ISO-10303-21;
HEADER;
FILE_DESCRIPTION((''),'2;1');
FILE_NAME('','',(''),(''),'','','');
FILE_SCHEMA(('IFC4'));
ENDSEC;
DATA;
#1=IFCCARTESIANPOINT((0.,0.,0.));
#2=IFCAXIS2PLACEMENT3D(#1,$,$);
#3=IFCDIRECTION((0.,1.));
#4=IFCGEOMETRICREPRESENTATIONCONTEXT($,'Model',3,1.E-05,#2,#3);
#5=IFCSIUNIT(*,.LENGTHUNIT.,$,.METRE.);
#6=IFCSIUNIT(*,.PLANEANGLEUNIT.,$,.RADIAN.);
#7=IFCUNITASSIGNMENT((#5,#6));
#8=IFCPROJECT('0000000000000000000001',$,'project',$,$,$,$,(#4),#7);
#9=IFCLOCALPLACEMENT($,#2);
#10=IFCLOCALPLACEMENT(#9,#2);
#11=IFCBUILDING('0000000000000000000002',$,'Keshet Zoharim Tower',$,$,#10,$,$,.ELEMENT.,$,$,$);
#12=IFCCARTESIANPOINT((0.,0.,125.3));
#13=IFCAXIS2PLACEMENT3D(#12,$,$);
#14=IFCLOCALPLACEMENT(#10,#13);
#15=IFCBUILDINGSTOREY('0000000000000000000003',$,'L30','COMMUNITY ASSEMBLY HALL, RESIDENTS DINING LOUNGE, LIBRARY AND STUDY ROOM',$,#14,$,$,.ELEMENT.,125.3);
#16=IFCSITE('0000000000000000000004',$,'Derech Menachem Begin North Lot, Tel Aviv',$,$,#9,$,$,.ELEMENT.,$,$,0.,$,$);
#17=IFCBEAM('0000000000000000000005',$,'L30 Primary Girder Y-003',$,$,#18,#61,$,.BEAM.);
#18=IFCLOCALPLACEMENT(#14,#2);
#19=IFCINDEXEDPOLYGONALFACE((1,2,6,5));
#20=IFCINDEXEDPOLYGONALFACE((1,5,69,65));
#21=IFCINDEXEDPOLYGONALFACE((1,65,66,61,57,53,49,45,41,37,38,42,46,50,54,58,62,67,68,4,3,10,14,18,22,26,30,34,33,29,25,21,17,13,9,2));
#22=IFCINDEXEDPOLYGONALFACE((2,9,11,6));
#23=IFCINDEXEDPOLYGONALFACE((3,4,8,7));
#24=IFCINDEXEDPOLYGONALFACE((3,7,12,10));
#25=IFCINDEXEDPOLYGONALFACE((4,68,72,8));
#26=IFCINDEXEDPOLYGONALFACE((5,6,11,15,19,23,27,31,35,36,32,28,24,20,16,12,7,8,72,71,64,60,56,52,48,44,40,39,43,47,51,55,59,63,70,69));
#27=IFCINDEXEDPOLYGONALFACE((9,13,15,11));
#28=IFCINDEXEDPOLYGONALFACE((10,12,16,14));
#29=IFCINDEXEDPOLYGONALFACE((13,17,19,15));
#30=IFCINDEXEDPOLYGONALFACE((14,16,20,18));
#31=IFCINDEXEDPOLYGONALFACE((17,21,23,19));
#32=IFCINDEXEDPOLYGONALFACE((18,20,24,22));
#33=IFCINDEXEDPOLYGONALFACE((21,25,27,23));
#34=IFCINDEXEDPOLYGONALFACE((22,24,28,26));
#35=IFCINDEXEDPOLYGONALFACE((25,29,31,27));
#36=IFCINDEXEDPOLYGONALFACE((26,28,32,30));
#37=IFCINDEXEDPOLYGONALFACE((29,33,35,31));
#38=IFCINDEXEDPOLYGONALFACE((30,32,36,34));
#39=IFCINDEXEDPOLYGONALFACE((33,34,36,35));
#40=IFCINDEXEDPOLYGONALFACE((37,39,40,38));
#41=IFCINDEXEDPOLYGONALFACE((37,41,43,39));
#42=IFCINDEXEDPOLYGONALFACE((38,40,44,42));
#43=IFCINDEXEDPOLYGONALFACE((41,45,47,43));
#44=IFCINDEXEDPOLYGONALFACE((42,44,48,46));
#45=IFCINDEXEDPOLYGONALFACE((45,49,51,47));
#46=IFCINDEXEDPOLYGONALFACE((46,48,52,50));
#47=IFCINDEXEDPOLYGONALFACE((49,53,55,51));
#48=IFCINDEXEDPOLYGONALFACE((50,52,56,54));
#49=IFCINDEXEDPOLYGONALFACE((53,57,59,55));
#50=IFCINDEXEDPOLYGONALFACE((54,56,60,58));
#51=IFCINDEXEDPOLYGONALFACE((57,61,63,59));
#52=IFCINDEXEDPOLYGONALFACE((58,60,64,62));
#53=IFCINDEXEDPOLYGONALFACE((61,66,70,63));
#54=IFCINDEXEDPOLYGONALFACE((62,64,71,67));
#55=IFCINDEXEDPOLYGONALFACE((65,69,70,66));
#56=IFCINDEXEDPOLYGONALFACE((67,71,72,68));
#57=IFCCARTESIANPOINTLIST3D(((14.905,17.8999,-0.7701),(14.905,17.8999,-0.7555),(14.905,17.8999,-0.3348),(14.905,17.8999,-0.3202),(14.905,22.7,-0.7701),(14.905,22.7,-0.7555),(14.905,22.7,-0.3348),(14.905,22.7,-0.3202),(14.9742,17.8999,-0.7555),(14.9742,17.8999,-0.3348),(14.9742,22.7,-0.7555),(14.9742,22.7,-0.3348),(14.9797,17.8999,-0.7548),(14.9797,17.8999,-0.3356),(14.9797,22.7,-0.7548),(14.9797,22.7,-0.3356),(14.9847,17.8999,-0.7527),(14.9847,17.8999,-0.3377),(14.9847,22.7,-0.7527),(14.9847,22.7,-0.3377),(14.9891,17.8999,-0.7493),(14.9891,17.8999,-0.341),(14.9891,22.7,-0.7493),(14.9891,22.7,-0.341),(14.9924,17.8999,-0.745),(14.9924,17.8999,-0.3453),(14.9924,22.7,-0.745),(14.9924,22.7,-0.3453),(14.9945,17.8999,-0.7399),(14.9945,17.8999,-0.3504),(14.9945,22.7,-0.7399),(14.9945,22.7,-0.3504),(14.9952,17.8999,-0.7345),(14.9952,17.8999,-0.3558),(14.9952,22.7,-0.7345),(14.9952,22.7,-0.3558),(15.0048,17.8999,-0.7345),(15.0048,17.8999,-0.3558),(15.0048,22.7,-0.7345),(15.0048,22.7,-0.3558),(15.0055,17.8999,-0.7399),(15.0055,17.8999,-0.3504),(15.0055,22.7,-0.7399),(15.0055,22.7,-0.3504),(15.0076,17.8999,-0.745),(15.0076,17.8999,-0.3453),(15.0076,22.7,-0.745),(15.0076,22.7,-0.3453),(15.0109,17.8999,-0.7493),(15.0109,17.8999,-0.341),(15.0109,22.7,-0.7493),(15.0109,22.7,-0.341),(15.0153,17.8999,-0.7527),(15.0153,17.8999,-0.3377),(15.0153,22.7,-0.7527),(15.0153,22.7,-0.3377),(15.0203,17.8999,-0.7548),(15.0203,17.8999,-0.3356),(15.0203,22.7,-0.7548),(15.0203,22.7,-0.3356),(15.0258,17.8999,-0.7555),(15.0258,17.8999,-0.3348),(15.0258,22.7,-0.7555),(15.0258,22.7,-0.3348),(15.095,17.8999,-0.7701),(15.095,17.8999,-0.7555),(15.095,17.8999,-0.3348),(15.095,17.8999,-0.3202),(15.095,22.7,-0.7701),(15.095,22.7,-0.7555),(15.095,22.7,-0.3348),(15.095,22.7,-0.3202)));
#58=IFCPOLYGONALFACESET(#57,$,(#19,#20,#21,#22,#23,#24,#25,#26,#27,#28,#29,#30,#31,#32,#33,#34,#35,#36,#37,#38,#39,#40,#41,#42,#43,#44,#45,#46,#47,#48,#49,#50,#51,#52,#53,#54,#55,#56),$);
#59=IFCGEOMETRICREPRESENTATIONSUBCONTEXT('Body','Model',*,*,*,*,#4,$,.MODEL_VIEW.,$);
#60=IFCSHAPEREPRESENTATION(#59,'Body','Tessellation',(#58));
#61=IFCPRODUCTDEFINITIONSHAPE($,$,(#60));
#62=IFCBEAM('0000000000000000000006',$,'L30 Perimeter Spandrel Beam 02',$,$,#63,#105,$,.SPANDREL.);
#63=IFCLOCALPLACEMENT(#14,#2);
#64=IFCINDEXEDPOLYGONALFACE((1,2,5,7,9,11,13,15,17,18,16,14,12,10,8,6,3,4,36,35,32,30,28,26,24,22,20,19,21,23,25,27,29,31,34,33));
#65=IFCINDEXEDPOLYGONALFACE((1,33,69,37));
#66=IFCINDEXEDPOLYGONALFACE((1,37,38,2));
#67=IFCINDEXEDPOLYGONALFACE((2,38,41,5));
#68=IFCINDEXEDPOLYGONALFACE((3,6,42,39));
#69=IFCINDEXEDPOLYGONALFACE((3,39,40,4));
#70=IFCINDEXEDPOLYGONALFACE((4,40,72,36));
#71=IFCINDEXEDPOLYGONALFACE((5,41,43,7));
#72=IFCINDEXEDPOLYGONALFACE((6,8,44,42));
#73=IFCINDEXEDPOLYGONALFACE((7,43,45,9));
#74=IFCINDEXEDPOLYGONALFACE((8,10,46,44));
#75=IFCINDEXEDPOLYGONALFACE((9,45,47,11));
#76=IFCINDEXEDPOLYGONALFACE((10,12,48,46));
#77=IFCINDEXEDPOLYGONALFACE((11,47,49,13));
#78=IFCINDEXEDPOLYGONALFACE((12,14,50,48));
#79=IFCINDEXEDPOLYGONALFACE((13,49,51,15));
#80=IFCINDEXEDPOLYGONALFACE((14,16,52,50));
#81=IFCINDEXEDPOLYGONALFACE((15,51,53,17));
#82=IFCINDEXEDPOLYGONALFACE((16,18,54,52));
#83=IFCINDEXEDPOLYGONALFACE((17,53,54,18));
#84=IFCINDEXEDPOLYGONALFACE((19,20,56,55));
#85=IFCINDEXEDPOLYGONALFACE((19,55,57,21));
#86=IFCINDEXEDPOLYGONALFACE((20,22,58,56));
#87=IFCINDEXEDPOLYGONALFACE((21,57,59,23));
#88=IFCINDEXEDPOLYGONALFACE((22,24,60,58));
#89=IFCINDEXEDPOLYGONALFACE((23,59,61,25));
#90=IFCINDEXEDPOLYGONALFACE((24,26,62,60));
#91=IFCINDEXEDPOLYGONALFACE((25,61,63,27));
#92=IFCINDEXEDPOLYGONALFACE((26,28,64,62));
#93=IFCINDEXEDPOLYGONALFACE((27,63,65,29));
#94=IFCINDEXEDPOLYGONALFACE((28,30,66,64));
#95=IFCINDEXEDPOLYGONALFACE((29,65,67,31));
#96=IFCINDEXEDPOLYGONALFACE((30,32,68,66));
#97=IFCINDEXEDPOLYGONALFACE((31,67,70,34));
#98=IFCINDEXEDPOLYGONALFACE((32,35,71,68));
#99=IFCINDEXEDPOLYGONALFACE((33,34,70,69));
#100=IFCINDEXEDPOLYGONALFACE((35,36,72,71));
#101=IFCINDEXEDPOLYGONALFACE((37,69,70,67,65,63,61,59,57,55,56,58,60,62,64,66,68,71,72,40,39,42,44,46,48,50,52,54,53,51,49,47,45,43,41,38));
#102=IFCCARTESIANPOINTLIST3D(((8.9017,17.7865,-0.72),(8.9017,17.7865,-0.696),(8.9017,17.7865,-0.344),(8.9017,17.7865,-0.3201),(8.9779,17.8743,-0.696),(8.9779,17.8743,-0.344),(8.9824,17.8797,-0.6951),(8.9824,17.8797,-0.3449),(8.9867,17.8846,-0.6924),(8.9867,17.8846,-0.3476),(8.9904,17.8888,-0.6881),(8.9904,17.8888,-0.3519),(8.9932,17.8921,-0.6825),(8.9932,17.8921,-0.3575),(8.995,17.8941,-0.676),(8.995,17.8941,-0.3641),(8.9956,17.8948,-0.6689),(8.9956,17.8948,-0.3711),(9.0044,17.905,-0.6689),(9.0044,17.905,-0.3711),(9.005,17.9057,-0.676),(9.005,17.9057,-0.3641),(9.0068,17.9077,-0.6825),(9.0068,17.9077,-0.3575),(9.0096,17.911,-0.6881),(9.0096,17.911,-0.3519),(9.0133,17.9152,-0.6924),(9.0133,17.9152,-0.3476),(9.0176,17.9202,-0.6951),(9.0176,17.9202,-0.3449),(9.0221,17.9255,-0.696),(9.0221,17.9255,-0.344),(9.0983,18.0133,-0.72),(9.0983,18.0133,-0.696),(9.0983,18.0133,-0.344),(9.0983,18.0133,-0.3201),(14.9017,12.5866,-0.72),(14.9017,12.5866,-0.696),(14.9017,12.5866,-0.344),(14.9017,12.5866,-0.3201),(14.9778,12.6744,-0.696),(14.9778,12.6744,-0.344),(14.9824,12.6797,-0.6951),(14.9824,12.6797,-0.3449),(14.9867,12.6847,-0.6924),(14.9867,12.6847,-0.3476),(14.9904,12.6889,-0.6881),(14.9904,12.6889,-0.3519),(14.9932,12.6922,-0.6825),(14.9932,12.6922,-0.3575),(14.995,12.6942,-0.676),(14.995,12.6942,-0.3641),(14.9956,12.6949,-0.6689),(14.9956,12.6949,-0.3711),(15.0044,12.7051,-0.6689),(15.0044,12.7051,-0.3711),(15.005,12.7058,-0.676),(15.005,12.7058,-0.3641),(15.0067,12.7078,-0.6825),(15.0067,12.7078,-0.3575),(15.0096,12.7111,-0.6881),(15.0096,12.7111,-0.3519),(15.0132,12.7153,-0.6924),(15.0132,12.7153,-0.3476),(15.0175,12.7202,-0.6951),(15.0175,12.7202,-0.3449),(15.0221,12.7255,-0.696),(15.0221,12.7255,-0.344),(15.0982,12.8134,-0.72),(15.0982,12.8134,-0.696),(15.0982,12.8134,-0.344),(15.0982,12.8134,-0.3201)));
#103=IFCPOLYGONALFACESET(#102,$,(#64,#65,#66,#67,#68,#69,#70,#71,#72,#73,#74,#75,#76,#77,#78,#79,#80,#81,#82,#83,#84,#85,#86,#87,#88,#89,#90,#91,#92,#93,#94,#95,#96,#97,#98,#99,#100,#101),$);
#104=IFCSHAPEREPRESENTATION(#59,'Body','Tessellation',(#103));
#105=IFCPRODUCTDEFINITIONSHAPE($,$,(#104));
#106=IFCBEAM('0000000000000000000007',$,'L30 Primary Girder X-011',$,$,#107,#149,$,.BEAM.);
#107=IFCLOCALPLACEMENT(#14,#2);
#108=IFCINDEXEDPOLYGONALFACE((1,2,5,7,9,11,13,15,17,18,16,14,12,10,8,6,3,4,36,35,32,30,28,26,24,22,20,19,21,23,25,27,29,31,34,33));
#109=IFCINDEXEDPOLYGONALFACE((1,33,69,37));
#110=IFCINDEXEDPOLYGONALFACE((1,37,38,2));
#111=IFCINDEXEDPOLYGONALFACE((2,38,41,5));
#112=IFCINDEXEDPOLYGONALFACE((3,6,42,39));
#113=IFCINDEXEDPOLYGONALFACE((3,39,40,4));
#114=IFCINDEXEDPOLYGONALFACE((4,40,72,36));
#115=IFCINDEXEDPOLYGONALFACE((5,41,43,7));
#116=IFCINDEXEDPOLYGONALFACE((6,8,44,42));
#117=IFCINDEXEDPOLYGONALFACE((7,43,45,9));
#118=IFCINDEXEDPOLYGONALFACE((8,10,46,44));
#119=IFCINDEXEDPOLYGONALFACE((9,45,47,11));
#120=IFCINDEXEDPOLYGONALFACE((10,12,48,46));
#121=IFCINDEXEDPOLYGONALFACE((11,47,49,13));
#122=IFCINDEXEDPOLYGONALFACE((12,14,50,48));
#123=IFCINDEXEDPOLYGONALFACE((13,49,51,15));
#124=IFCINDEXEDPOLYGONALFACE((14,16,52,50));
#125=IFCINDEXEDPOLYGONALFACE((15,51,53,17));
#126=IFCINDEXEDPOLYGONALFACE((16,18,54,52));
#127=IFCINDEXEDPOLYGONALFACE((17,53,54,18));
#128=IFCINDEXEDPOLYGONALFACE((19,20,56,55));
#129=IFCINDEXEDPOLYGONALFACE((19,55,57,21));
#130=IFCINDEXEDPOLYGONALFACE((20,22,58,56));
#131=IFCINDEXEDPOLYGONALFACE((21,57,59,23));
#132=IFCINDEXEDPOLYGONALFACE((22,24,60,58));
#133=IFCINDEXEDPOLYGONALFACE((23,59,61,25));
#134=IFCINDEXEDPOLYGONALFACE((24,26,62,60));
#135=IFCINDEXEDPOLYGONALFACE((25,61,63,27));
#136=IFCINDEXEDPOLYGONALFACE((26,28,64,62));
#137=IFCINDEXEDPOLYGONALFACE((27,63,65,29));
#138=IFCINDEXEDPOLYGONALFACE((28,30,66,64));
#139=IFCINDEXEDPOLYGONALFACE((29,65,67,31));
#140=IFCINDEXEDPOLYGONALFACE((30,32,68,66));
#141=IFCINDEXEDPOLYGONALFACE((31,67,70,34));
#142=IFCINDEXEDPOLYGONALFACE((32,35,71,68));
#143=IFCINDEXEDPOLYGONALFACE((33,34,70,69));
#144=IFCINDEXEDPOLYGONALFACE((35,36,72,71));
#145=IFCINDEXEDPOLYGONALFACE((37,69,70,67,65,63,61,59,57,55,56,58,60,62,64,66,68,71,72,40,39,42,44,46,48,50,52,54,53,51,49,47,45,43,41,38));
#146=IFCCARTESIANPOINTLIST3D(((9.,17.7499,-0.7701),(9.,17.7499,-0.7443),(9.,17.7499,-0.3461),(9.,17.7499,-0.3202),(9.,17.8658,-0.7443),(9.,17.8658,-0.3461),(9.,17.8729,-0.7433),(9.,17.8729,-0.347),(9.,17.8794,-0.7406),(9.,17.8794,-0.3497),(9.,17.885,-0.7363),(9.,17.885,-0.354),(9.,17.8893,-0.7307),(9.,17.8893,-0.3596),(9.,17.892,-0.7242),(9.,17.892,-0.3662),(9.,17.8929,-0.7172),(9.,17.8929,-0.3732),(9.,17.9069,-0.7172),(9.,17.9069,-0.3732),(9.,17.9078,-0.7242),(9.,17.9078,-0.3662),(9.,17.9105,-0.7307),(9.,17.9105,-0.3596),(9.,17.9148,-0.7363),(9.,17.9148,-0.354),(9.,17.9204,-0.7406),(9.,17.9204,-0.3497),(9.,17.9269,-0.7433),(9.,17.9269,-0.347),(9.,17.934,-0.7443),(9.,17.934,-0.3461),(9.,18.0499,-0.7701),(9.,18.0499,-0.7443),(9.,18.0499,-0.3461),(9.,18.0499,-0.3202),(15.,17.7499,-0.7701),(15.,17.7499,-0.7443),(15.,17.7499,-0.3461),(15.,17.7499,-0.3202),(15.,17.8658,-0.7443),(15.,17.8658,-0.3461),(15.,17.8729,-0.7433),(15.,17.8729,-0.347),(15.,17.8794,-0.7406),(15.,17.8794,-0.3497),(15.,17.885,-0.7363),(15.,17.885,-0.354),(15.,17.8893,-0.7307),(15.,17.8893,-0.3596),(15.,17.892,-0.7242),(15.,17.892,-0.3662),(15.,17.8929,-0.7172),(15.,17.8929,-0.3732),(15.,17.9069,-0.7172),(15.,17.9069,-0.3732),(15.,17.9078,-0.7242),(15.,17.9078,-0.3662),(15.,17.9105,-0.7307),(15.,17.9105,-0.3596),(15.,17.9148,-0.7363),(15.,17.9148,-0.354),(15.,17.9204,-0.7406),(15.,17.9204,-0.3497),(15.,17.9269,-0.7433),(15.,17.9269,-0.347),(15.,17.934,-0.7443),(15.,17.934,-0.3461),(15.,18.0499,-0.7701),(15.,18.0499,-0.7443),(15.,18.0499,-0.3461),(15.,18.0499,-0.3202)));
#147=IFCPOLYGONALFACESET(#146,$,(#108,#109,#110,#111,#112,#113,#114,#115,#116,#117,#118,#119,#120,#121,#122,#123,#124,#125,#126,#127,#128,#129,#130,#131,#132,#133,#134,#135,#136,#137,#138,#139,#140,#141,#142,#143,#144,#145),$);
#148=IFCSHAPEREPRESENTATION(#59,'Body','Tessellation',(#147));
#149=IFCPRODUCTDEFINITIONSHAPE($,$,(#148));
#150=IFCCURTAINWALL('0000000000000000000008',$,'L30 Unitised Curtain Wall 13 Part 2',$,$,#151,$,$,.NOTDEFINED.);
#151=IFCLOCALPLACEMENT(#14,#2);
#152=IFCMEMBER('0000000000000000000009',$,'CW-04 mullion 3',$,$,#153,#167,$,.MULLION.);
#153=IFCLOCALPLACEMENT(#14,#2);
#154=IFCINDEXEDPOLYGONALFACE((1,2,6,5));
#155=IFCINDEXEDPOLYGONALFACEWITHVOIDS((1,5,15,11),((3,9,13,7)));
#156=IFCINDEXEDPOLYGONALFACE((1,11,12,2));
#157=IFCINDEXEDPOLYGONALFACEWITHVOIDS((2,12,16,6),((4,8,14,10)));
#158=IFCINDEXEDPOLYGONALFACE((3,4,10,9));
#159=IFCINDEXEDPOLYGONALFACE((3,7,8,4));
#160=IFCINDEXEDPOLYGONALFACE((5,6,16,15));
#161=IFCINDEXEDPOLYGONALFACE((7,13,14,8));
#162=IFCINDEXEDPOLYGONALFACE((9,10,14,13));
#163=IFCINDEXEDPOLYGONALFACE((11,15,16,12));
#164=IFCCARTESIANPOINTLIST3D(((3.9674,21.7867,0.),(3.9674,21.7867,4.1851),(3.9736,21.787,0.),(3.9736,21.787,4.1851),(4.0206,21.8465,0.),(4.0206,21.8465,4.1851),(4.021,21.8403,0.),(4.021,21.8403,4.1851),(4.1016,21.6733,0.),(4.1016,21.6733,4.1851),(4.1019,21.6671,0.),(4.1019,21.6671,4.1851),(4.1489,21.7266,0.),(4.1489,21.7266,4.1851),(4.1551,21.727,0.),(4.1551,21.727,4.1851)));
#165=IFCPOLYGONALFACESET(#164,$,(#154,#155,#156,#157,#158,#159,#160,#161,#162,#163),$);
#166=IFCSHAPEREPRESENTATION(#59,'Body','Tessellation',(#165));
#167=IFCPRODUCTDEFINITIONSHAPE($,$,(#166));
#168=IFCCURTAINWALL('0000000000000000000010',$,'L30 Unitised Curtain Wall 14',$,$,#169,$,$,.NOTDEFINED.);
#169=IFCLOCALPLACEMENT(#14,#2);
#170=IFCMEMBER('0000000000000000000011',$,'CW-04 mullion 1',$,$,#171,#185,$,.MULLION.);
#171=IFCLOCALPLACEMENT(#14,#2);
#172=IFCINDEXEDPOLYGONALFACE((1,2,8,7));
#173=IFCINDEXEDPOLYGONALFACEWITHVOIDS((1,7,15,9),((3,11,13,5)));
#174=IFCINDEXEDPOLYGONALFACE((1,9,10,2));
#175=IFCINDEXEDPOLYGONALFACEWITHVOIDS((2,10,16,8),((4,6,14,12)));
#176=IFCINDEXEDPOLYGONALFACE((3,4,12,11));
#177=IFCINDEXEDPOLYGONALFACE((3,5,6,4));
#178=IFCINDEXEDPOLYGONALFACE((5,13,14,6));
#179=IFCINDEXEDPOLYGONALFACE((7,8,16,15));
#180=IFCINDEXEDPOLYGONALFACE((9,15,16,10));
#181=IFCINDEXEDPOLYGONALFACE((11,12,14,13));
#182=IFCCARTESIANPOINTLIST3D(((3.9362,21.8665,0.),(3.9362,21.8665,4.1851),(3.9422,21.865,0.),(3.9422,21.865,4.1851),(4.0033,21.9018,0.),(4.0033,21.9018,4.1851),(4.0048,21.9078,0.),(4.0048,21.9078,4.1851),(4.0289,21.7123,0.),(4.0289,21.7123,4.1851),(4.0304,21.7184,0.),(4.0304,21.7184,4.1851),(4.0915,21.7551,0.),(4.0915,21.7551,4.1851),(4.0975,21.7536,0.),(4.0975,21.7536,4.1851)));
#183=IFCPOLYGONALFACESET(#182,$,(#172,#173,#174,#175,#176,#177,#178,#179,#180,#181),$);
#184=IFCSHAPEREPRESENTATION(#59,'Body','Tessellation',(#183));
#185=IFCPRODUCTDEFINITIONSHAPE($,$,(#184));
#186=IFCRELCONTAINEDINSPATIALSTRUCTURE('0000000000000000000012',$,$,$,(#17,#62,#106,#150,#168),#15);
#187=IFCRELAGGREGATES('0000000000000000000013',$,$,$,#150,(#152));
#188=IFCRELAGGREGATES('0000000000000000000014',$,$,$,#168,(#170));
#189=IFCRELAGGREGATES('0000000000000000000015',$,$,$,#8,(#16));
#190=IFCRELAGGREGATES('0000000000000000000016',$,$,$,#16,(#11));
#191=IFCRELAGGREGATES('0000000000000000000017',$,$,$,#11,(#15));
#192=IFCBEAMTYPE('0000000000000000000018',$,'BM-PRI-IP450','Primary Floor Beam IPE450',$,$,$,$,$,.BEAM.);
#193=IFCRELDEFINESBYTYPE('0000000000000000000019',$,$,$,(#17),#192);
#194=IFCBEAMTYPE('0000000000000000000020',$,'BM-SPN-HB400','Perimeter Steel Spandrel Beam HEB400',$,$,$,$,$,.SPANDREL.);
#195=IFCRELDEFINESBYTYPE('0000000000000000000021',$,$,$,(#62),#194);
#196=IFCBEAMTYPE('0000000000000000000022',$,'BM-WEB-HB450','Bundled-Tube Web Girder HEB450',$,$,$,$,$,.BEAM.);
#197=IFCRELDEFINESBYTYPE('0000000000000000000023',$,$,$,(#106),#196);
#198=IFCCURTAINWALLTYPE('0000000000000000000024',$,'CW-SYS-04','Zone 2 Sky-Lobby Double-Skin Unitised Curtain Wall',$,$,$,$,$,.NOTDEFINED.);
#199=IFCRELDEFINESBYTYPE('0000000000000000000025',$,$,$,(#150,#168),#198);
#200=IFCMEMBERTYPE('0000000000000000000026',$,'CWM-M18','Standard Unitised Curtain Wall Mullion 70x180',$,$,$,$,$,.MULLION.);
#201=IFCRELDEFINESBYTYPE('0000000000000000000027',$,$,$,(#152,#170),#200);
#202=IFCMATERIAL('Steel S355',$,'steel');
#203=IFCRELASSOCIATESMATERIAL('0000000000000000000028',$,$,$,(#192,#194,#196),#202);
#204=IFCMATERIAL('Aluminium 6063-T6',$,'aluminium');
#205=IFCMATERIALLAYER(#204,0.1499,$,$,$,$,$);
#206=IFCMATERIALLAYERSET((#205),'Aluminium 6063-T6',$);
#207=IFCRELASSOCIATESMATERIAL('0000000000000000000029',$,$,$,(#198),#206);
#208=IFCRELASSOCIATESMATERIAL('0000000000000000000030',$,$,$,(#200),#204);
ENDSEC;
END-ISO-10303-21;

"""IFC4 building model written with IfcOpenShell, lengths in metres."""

from ifc_helpers import new_model, si_unit, direction, frame, origin, origin_2d, place, context, subcontext, project, spatial, hollow_rectangle, i_section, extrude, material, layer, layer_set, material_profile, profile_set, type_object, element, aggregate, save


model = new_model("IFC4")

# Units and contexts
model_context = context("Model", 3, precision=1e-05, world=origin(), true_north=direction((0.0, 1.0)))
body_context = subcontext(model_context, "Body", "Model", "MODEL_VIEW")
ifc_project = project(units=[si_unit("LENGTHUNIT", "METRE"), si_unit("PLANEANGLEUNIT", "RADIAN")], contexts=[model_context])

# Site, building, storey
site_placement = place(None, origin())
site = spatial("IfcSite", under=ifc_project, at=site_placement, Name="Derech Menachem Begin North Lot, Tel Aviv", CompositionType="ELEMENT", RefElevation=0.0)
building_placement = place(site_placement, origin())
building = spatial("IfcBuilding", under=site, at=building_placement, Name="Keshet Zoharim Tower", CompositionType="ELEMENT")
storey_placement = place(building_placement, frame((0.0, 0.0, 125.3)))
storey = spatial("IfcBuildingStorey", under=building, at=storey_placement, Name="L30", Description="COMMUNITY ASSEMBLY HALL, RESIDENTS DINING LOUNGE, LIBRARY AND STUDY ROOM", CompositionType="ELEMENT", Elevation=125.3)

# Shared definitions
ifc_material_1 = material(Name="Steel S355", Category="steel")

# Beams
ifc_material_profile_1 = material_profile(ifc_material_1, i_section(OverallWidth=0.1899, OverallDepth=0.45, WebThickness=0.0095, FlangeThickness=0.0146, FilletRadius=0.021, at=origin_2d()), Name="IPE450")
ifc_profile_set_1 = profile_set([ifc_material_profile_1], Name="Steel S355")
beam_type_1 = type_object("IfcBeamType", Name="BM-PRI-IP450", Description="Primary Floor Beam IPE450", PredefinedType="BEAM", material=ifc_profile_set_1)
beam_1_placement = place(storey_placement, frame((15.0, 17.8999, -0.5452), z_axis=(0.0, 1.0, 0.0), x_axis=(-1.0, 0.0, 0.0)))
element("IfcBeam", 1, at=beam_1_placement, inside=storey, type_object=beam_type_1, Name="L30 Primary Girder Y-003", PredefinedType="BEAM", context=body_context, shape_type="SweptSolid", body=[
    extrude(i_section(OverallWidth=0.1899, OverallDepth=0.45, WebThickness=0.0095, FlangeThickness=0.0146, FilletRadius=0.021, at=origin_2d()), origin(), (0.0, 0.0, 1.0), 4.8),
])
ifc_material_profile_2 = material_profile(ifc_material_1, i_section(OverallWidth=0.3, OverallDepth=0.3999, WebThickness=0.0134, FlangeThickness=0.0239, FilletRadius=0.0271, at=origin_2d()), Name="HEB400")
ifc_profile_set_2 = profile_set([ifc_material_profile_2], Name="Steel S355")
beam_type_2 = type_object("IfcBeamType", Name="BM-SPN-HB400", Description="Perimeter Steel Spandrel Beam HEB400", PredefinedType="SPANDREL", material=ifc_profile_set_2)
beam_2_placement = place(storey_placement, frame((9.0, 17.8999, -0.52), z_axis=(0.755692, -0.654927, 0.0), x_axis=(0.654927, 0.755692, 0.0)))
element("IfcBeam", 2, at=beam_2_placement, inside=storey, type_object=beam_type_2, Name="L30 Perimeter Spandrel Beam 02", PredefinedType="SPANDREL", context=body_context, shape_type="SweptSolid", body=[
    extrude(i_section(OverallWidth=0.3, OverallDepth=0.3999, WebThickness=0.0134, FlangeThickness=0.0239, FilletRadius=0.0271, at=origin_2d()), origin(), (0.0, 0.0, 1.0), 7.9397),
])
ifc_material_profile_3 = material_profile(ifc_material_1, i_section(OverallWidth=0.3, OverallDepth=0.45, WebThickness=0.0139, FlangeThickness=0.0259, FilletRadius=0.0271, at=origin_2d()), Name="HEB450")
ifc_profile_set_3 = profile_set([ifc_material_profile_3], Name="Steel S355")
beam_type_3 = type_object("IfcBeamType", Name="BM-WEB-HB450", Description="Bundled-Tube Web Girder HEB450", PredefinedType="BEAM", material=ifc_profile_set_3)
beam_3_placement = place(storey_placement, frame((9.0, 17.8999, -0.5452), z_axis=(1.0, 0.0, 0.0), x_axis=(0.0, 1.0, 0.0)))
element("IfcBeam", 3, at=beam_3_placement, inside=storey, type_object=beam_type_3, Name="L30 Primary Girder X-011", PredefinedType="BEAM", context=body_context, shape_type="SweptSolid", body=[
    extrude(i_section(OverallWidth=0.3, OverallDepth=0.45, WebThickness=0.0139, FlangeThickness=0.0259, FilletRadius=0.0271, at=origin_2d()), origin(), (0.0, 0.0, 1.0), 6.0),
])

# Curtain wall, member
ifc_material_2 = material(Name="Aluminium 6063-T6", Category="aluminium")
ifc_layer_1 = layer(ifc_material_2, 0.1499)
ifc_layer_set_1 = layer_set([ifc_layer_1], Name="Aluminium 6063-T6")
curtain_wall_type = type_object("IfcCurtainWallType", Name="CW-SYS-04", Description="Zone 2 Sky-Lobby Double-Skin Unitised Curtain Wall", PredefinedType="NOTDEFINED", material=ifc_layer_set_1)
curtain_wall_1_placement = place(storey_placement, origin())
curtain_wall_1 = element("IfcCurtainWall", 4, at=curtain_wall_1_placement, inside=storey, type_object=curtain_wall_type, Name="L30 Unitised Curtain Wall 13 Part 2", PredefinedType="NOTDEFINED")
ifc_material_profile_4 = material_profile(ifc_material_2, hollow_rectangle(XDim=0.0801, YDim=0.1799, WallThickness=0.0044, at=origin_2d()), Name="MUL-80x180")
ifc_profile_set_4 = profile_set([ifc_material_profile_4], Name="Aluminium 6063-T6")
member_type_1 = type_object("IfcMemberType", Name="CWM-M18", Description="Standard Unitised Curtain Wall Mullion 70x180", PredefinedType="MULLION", material=ifc_profile_set_4)
member_1_placement = place(storey_placement, frame((4.0613, 21.7568, 0.0), z_axis=(0.0, 0.0, 1.0), x_axis=(-0.664363, -0.74741, 0.0)))
member_1 = element("IfcMember", 5, at=member_1_placement, type_object=member_type_1, Name="CW-04 mullion 3", PredefinedType="MULLION", context=body_context, shape_type="SweptSolid", body=[
    extrude(hollow_rectangle(XDim=0.0801, YDim=0.1799, WallThickness=0.0044, at=origin_2d()), origin(), (0.0, 0.0, 1.0), 4.1851),
])

# Curtain wall, member
curtain_wall_2_placement = place(storey_placement, origin())
curtain_wall_2 = element("IfcCurtainWall", 6, at=curtain_wall_2_placement, inside=storey, type_object=curtain_wall_type, Name="L30 Unitised Curtain Wall 14", PredefinedType="NOTDEFINED")
member_2_placement = place(storey_placement, frame((4.0168, 21.8101, 0.0), z_axis=(0.0, 0.0, 1.0), x_axis=(-0.856826, -0.515605, 0.0)))
member_2 = element("IfcMember", 7, at=member_2_placement, type_object=member_type_1, Name="CW-04 mullion 1", PredefinedType="MULLION", context=body_context, shape_type="SweptSolid", body=[
    extrude(hollow_rectangle(XDim=0.0801, YDim=0.1799, WallThickness=0.0044, at=origin_2d()), origin(), (0.0, 0.0, 1.0), 4.1851),
])

aggregate(curtain_wall_1, [member_1])
aggregate(curtain_wall_2, [member_2])

save(model, "model.ifc")
